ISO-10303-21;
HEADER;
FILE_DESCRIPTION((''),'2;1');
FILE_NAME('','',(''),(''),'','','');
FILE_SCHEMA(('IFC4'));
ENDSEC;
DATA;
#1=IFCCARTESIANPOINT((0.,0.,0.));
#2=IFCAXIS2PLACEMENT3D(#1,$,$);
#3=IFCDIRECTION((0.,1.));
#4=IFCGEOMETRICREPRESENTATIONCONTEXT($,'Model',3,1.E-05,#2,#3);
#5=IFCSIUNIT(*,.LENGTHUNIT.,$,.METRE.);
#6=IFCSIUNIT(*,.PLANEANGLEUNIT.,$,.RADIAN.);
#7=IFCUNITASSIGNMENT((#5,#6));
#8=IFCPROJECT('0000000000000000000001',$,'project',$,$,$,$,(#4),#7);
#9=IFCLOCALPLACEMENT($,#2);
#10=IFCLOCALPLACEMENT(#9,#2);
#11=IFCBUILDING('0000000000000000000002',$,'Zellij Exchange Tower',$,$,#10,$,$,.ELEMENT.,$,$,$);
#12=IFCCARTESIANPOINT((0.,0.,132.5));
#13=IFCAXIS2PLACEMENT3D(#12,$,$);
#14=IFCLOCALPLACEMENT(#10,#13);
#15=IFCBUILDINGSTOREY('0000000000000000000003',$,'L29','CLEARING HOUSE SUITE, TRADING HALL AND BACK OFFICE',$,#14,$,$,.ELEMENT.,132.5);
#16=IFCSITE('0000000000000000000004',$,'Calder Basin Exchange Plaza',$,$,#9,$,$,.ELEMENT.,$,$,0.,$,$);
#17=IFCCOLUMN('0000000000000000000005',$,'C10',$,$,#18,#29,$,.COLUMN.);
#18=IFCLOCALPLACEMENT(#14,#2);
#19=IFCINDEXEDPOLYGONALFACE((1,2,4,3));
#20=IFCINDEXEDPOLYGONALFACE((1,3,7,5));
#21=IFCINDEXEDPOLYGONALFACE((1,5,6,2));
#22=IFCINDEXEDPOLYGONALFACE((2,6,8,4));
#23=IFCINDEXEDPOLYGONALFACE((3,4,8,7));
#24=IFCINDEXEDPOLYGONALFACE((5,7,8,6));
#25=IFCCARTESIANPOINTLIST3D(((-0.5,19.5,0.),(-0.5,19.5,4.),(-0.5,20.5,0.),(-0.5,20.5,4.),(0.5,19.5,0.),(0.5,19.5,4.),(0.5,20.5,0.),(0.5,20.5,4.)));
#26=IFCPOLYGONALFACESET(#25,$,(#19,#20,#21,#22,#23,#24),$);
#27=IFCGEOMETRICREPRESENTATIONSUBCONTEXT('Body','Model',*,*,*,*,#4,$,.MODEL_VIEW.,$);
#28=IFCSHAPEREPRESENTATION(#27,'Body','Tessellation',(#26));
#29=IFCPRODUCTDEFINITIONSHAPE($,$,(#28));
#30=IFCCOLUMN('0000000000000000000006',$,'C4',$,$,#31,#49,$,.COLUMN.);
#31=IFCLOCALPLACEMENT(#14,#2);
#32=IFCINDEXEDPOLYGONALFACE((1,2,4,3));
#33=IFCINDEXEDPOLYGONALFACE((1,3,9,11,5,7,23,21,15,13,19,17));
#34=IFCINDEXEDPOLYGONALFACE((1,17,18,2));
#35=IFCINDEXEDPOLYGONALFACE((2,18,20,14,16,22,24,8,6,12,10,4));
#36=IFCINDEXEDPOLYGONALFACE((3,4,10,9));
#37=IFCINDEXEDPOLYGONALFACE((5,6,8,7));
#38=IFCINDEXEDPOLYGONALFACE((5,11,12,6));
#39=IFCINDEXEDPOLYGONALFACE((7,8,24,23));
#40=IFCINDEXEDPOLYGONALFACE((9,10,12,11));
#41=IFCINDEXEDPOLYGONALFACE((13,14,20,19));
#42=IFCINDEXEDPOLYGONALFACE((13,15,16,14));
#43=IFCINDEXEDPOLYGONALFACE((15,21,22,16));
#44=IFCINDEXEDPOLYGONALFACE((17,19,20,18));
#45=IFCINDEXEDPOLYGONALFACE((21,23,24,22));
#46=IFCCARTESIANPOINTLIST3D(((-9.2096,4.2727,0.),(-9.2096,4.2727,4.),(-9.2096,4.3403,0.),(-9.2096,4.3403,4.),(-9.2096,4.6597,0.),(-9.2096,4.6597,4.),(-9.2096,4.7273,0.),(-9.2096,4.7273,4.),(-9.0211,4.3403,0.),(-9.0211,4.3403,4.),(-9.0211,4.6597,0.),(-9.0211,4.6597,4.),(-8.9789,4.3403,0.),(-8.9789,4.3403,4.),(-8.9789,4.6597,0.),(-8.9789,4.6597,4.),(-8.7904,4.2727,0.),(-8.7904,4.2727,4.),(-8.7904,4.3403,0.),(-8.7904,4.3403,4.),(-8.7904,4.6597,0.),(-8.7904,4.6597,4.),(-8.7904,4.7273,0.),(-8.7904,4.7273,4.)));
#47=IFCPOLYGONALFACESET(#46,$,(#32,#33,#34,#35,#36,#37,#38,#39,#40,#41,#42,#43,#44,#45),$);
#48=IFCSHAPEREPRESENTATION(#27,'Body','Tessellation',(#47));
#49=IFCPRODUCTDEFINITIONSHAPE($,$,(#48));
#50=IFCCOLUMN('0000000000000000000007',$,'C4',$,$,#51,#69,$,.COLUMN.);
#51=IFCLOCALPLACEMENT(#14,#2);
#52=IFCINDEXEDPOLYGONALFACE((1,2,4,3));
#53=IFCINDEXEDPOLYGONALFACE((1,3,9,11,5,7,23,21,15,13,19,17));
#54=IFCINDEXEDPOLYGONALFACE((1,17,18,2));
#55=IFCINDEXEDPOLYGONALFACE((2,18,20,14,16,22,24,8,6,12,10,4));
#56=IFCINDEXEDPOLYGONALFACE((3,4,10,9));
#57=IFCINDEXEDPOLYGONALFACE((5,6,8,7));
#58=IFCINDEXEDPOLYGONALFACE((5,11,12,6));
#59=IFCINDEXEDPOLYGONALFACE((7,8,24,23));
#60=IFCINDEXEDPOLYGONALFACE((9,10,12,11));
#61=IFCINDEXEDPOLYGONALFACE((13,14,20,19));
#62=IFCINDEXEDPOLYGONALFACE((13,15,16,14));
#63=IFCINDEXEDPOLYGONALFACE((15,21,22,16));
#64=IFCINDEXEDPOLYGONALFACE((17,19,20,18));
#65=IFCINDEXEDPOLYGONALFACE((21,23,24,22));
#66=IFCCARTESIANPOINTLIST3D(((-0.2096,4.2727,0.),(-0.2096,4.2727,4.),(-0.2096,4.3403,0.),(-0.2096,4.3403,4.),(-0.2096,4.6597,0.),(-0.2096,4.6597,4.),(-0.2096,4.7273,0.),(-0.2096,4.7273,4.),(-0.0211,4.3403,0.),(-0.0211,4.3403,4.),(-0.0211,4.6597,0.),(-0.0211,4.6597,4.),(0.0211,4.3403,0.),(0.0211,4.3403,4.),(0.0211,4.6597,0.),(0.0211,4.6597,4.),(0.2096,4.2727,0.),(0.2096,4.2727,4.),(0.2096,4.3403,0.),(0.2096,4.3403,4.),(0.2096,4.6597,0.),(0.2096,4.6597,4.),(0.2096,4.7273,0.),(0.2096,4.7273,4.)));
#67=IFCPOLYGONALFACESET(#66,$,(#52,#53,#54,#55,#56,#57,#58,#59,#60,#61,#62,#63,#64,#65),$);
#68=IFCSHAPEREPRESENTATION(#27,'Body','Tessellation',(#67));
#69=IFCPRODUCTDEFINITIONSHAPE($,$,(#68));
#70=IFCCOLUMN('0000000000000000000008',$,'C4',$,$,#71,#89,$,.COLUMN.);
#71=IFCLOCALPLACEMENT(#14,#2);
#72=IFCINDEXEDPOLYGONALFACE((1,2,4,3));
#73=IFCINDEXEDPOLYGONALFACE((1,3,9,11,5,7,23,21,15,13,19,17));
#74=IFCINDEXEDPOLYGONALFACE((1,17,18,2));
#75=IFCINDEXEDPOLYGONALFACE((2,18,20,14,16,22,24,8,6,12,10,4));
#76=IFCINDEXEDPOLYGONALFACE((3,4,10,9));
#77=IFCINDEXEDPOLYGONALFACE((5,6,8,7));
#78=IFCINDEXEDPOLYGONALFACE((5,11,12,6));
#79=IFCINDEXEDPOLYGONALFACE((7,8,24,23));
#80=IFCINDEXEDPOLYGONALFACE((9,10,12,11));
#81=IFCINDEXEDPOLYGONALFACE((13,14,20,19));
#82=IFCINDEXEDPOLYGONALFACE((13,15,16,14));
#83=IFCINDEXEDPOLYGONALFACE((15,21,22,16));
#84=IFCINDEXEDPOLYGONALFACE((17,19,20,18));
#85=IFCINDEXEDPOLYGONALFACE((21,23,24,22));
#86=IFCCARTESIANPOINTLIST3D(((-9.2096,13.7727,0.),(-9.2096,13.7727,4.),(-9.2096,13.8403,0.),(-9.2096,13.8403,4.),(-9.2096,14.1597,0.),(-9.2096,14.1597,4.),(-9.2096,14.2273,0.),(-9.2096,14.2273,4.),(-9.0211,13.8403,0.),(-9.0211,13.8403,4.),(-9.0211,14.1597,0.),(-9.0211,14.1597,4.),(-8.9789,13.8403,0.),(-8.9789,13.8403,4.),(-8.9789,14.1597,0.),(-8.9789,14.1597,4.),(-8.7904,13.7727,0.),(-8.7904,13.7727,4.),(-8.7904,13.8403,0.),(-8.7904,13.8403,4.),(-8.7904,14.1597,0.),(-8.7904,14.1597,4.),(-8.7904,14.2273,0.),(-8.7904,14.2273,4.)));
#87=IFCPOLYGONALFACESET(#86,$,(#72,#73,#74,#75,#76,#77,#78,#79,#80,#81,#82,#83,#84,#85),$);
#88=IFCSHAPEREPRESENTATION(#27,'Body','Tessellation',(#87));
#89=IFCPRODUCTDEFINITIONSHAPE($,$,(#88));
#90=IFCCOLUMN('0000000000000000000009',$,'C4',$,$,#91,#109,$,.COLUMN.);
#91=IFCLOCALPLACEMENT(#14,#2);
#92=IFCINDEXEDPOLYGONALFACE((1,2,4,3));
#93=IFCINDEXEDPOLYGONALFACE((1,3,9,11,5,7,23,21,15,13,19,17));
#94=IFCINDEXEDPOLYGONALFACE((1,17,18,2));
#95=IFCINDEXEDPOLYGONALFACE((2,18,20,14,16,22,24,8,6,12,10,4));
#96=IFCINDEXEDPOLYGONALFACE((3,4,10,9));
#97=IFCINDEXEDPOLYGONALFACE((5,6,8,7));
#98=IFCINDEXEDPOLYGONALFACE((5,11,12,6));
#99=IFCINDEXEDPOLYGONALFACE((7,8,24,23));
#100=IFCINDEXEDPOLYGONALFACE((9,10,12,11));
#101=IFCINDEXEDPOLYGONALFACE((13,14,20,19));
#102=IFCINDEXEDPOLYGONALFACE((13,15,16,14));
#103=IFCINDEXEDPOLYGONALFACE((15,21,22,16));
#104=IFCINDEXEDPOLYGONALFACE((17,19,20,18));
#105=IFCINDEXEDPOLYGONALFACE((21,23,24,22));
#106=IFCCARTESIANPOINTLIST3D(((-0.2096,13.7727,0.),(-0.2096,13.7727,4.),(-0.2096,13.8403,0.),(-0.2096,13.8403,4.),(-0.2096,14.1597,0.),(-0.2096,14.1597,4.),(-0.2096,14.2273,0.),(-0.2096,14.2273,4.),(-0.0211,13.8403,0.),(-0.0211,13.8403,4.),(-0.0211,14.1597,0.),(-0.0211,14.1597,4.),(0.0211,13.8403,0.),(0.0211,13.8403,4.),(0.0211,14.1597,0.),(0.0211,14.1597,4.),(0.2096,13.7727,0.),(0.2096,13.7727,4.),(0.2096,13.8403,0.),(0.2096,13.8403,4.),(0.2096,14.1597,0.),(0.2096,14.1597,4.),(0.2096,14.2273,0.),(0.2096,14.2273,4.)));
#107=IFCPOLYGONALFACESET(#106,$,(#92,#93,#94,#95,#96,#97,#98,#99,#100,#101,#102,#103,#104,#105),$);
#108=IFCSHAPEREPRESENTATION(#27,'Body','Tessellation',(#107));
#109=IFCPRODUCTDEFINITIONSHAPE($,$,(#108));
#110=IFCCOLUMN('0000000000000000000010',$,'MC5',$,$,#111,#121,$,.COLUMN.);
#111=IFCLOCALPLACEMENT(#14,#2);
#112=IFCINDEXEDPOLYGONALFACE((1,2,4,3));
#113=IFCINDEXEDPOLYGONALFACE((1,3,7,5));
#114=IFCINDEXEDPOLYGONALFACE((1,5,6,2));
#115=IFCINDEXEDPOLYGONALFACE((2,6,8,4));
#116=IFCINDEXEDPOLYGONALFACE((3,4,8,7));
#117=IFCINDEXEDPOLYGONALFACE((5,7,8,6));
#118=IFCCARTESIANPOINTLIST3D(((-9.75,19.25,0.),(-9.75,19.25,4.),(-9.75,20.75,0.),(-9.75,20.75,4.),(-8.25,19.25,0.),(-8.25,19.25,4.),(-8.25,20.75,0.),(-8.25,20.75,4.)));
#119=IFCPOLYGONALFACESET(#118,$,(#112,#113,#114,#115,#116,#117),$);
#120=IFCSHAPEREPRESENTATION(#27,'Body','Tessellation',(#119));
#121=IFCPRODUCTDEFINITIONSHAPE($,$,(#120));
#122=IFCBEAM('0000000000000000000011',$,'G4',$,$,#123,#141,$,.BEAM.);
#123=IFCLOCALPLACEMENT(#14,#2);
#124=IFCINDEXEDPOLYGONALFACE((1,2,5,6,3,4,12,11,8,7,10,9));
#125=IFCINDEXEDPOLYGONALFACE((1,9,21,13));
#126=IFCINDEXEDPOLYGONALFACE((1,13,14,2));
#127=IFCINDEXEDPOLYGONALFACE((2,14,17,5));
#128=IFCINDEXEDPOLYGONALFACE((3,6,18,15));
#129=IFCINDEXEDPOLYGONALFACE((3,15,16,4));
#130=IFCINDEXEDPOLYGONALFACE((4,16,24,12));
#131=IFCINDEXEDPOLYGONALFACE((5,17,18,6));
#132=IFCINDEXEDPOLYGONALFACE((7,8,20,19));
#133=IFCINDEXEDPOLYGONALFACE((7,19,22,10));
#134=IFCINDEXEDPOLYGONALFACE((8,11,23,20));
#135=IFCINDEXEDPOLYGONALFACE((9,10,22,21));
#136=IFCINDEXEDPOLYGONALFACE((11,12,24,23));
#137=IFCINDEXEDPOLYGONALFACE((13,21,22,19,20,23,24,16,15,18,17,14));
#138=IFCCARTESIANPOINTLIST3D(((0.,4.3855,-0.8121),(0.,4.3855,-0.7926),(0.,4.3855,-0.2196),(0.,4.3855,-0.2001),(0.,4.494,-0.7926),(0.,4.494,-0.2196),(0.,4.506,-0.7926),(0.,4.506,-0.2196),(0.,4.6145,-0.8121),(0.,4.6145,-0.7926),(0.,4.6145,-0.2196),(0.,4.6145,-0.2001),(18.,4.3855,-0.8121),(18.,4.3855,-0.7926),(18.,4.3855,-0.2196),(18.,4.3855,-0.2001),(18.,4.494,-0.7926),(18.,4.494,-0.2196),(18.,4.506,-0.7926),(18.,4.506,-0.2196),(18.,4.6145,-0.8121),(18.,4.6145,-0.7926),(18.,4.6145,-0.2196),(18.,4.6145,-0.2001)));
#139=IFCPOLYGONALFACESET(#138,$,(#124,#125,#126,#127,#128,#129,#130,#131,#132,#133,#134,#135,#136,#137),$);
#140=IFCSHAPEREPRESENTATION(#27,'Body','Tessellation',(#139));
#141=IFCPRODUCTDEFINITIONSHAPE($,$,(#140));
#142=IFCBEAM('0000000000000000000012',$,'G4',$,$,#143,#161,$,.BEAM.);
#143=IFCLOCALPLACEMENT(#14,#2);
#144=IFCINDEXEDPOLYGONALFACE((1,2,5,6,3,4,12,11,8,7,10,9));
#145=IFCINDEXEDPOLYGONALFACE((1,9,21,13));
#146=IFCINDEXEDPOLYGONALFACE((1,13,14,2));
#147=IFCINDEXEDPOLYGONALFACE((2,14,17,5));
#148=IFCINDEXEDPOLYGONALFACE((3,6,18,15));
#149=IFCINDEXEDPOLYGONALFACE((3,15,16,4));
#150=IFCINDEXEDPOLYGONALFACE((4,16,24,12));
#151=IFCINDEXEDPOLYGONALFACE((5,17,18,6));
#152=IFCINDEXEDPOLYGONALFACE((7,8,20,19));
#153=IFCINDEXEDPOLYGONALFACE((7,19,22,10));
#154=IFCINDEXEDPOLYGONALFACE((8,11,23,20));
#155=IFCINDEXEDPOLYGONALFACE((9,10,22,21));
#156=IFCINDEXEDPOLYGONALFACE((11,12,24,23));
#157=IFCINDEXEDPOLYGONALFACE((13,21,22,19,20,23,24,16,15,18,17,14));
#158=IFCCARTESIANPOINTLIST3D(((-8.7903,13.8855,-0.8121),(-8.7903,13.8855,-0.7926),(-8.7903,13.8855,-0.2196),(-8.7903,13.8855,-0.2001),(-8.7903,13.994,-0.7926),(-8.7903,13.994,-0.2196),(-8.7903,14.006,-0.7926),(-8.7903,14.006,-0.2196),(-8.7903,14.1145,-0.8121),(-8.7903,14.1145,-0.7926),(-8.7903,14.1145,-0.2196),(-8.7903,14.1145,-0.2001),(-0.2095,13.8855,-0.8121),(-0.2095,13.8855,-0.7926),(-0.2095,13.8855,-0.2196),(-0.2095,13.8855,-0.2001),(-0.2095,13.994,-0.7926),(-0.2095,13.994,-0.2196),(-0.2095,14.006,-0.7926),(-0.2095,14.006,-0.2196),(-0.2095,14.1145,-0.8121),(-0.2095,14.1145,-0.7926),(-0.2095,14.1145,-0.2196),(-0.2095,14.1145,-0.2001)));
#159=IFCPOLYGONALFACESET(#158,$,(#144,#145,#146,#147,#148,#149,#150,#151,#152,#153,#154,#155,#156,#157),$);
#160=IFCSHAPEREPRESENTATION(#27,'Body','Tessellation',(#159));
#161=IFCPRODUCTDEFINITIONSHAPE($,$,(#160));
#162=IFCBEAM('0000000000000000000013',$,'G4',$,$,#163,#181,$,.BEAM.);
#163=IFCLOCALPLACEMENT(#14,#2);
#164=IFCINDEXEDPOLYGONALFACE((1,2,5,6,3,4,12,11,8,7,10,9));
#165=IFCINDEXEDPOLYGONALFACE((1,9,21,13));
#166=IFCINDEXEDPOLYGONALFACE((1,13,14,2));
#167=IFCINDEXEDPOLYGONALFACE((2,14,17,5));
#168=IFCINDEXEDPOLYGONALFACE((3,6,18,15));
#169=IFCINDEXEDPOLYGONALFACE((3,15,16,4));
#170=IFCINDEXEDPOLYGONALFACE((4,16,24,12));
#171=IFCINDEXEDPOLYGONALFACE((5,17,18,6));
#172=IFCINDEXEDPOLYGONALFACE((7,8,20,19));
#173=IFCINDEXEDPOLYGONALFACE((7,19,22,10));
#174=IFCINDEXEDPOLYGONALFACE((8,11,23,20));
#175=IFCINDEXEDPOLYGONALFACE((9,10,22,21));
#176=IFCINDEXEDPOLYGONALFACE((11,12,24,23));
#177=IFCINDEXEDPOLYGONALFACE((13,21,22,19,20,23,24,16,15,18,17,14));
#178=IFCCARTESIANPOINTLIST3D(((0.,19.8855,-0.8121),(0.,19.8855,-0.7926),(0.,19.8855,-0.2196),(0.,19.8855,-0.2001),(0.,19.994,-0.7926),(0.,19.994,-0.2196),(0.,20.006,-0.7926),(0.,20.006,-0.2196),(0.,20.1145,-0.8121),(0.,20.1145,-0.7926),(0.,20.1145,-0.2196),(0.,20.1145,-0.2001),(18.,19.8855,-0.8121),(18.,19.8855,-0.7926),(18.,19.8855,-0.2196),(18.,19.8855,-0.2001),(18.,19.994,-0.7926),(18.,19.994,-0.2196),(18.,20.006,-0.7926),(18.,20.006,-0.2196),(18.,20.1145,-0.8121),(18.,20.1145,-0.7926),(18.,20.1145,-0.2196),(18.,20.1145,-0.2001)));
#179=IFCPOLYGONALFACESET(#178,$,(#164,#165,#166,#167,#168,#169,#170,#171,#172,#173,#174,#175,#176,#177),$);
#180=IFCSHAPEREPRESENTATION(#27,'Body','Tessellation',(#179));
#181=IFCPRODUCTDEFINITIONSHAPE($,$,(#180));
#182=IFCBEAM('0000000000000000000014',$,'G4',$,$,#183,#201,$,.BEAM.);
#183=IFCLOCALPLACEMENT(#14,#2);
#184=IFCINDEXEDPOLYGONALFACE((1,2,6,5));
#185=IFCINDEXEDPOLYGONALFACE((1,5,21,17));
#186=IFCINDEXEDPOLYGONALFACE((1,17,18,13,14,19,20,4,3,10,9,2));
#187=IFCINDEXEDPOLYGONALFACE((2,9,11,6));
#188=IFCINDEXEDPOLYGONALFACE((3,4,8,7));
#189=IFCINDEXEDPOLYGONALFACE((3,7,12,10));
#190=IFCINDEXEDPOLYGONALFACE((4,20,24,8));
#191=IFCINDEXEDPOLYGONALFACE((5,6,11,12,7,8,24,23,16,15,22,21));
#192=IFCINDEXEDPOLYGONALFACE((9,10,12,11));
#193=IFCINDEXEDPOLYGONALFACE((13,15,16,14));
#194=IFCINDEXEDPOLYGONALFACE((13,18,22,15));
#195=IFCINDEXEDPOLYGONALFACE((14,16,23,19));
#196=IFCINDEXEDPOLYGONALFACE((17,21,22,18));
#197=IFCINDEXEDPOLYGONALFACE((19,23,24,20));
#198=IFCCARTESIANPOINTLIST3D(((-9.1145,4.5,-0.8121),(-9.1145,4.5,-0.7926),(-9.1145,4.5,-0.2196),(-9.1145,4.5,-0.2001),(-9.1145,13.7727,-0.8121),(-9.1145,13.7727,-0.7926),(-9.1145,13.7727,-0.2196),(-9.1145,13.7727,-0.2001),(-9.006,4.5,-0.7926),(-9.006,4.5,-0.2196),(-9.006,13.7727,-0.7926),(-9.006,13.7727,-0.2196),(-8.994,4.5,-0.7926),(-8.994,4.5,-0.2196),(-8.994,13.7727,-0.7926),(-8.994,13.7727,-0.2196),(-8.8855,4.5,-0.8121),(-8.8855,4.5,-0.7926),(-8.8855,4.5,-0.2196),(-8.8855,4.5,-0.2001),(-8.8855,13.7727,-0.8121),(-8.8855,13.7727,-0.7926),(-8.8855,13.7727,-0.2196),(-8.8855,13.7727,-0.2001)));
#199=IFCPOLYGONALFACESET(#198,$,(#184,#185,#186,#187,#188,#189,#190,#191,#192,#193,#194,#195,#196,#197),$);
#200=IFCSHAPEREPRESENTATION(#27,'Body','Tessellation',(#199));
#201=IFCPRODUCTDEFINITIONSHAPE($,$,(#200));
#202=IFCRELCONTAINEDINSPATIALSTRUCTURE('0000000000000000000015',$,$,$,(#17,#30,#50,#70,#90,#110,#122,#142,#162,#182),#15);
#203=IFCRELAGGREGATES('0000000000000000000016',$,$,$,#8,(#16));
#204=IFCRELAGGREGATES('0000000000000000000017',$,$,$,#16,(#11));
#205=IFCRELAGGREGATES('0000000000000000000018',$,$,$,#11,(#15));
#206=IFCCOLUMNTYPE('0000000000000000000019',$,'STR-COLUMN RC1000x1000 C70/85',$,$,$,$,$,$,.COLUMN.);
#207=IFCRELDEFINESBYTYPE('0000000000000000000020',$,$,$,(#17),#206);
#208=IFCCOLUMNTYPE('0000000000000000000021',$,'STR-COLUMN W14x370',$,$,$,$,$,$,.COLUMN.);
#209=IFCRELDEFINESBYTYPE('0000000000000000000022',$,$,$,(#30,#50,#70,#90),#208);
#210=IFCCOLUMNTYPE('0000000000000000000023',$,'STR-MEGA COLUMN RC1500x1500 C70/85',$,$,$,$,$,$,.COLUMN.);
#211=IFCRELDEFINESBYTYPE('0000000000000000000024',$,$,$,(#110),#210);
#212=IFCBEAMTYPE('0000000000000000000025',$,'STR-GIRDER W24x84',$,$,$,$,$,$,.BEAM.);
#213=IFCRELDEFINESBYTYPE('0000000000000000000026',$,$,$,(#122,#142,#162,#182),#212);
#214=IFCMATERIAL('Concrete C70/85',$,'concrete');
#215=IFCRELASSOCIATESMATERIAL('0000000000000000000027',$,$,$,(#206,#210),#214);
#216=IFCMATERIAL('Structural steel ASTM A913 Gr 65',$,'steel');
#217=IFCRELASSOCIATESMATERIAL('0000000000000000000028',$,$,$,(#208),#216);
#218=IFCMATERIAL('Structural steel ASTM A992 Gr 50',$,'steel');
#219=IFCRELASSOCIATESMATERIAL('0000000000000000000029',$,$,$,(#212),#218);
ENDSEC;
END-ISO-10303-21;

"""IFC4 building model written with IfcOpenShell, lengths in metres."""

from ifc_helpers import new_model, si_unit, direction, frame, origin, origin_2d, place, context, subcontext, project, spatial, rectangle, i_section, extrude, material, material_profile, profile_set, type_object, element, save


model = new_model("IFC4")

# Units and contexts
model_context = context("Model", 3, precision=1e-05, world=origin(), true_north=direction((0.0, 1.0)))
body_context = subcontext(model_context, "Body", "Model", "MODEL_VIEW")
ifc_project = project(units=[si_unit("LENGTHUNIT", "METRE"), si_unit("PLANEANGLEUNIT", "RADIAN")], contexts=[model_context])

# Site, building, storey
site_placement = place(None, origin())
site = spatial("IfcSite", under=ifc_project, at=site_placement, Name="Calder Basin Exchange Plaza", CompositionType="ELEMENT", RefElevation=0.0)
building_placement = place(site_placement, origin())
building = spatial("IfcBuilding", under=site, at=building_placement, Name="Zellij Exchange Tower", CompositionType="ELEMENT")
storey_placement = place(building_placement, frame((0.0, 0.0, 132.5)))
storey = spatial("IfcBuildingStorey", under=building, at=storey_placement, Name="L29", Description="CLEARING HOUSE SUITE, TRADING HALL AND BACK OFFICE", CompositionType="ELEMENT", Elevation=132.5)

# Columns
ifc_material_1 = material(Name="Concrete C70/85", Category="concrete")
ifc_material_profile_1 = material_profile(ifc_material_1, rectangle(XDim=1.0, YDim=1.0, at=origin_2d()), Name="STR-COLUMN RC1000x1000 C70/85")
ifc_profile_set_1 = profile_set([ifc_material_profile_1], Name="Concrete C70/85")
column_type_1 = type_object("IfcColumnType", Name="STR-COLUMN RC1000x1000 C70/85", PredefinedType="COLUMN", material=ifc_profile_set_1)
column_1_placement = place(storey_placement, frame((0.0, 20.0, 0.0), z_axis=(0.0, 0.0, 1.0), x_axis=(1.0, 0.0, 0.0)))
element("IfcColumn", 1, at=column_1_placement, inside=storey, type_object=column_type_1, Name="C10", PredefinedType="COLUMN", context=body_context, shape_type="SweptSolid", body=[
    extrude(rectangle(XDim=1.0, YDim=1.0, at=origin_2d()), origin(), (0.0, 0.0, 1.0), 4.0),
])
ifc_material_2 = material(Name="Structural steel ASTM A913 Gr 65", Category="steel")
ifc_material_profile_2 = material_profile(ifc_material_2, i_section(OverallWidth=0.4192, OverallDepth=0.4546, WebThickness=0.0422, FlangeThickness=0.0676, at=origin_2d()), Name="W14x370")
ifc_profile_set_2 = profile_set([ifc_material_profile_2], Name="Structural steel ASTM A913 Gr 65")
column_type_2 = type_object("IfcColumnType", Name="STR-COLUMN W14x370", PredefinedType="COLUMN", material=ifc_profile_set_2)
for number, where, z_axis, x_axis, name in (
    (2, (-9.0, 4.5, 0.0), (0.0, 0.0, 1.0), (1.0, 0.0, 0.0), "C4"),
    (3, (0.0, 4.5, 0.0), (0.0, 0.0, 1.0), (1.0, 0.0, 0.0), "C4"),
    (4, (-9.0, 14.0, 0.0), (0.0, 0.0, 1.0), (1.0, 0.0, 0.0), "C4"),
    (5, (0.0, 14.0, 0.0), (0.0, 0.0, 1.0), (1.0, 0.0, 0.0), "C4"),
):
    element("IfcColumn", number, at=place(storey_placement, frame(where, z_axis=z_axis, x_axis=x_axis)), inside=storey, type_object=column_type_2, Name=name, PredefinedType="COLUMN", context=body_context, shape_type="SweptSolid", body=[
        extrude(i_section(OverallWidth=0.4192, OverallDepth=0.4546, WebThickness=0.0422, FlangeThickness=0.0676, at=origin_2d()), origin(), (0.0, 0.0, 1.0), 4.0),
    ])
ifc_material_profile_3 = material_profile(ifc_material_1, rectangle(XDim=1.5, YDim=1.5, at=origin_2d()), Name="STR-MEGA COLUMN RC1500x1500 C70/85")
ifc_profile_set_3 = profile_set([ifc_material_profile_3], Name="Concrete C70/85")
column_type_3 = type_object("IfcColumnType", Name="STR-MEGA COLUMN RC1500x1500 C70/85", PredefinedType="COLUMN", material=ifc_profile_set_3)
column_2_placement = place(storey_placement, frame((-9.0, 20.0, 0.0), z_axis=(0.0, 0.0, 1.0), x_axis=(1.0, 0.0, 0.0)))
element("IfcColumn", 6, at=column_2_placement, inside=storey, type_object=column_type_3, Name="MC5", PredefinedType="COLUMN", context=body_context, shape_type="SweptSolid", body=[
    extrude(rectangle(XDim=1.5, YDim=1.5, at=origin_2d()), origin(), (0.0, 0.0, 1.0), 4.0),
])

# Beams
ifc_material_3 = material(Name="Structural steel ASTM A992 Gr 50", Category="steel")
ifc_material_profile_4 = material_profile(ifc_material_3, i_section(OverallWidth=0.229, OverallDepth=0.6121, WebThickness=0.012, FlangeThickness=0.0195, at=origin_2d()), Name="W24x84")
ifc_profile_set_4 = profile_set([ifc_material_profile_4], Name="Structural steel ASTM A992 Gr 50")
beam_type = type_object("IfcBeamType", Name="STR-GIRDER W24x84", PredefinedType="BEAM", material=ifc_profile_set_4)
beam_1_placement = place(storey_placement, frame((0.0, 4.5, -0.5061), z_axis=(1.0, 0.0, 0.0), x_axis=(0.0, 1.0, 0.0)))
element("IfcBeam", 7, at=beam_1_placement, inside=storey, type_object=beam_type, Name="G4", PredefinedType="BEAM", context=body_context, shape_type="SweptSolid", body=[
    extrude(i_section(OverallWidth=0.229, OverallDepth=0.6121, WebThickness=0.012, FlangeThickness=0.0195, at=origin_2d()), origin(), (0.0, 0.0, 1.0), 18.0),
])
beam_2_placement = place(storey_placement, frame((-8.7903, 14.0, -0.5061), z_axis=(1.0, 0.0, 0.0), x_axis=(0.0, 1.0, 0.0)))
element("IfcBeam", 8, at=beam_2_placement, inside=storey, type_object=beam_type, Name="G4", PredefinedType="BEAM", context=body_context, shape_type="SweptSolid", body=[
    extrude(i_section(OverallWidth=0.229, OverallDepth=0.6121, WebThickness=0.012, FlangeThickness=0.0195, at=origin_2d()), origin(), (0.0, 0.0, 1.0), 8.5808),
])
beam_3_placement = place(storey_placement, frame((0.0, 20.0, -0.5061), z_axis=(1.0, 0.0, 0.0), x_axis=(0.0, 1.0, 0.0)))
element("IfcBeam", 9, at=beam_3_placement, inside=storey, type_object=beam_type, Name="G4", PredefinedType="BEAM", context=body_context, shape_type="SweptSolid", body=[
    extrude(i_section(OverallWidth=0.229, OverallDepth=0.6121, WebThickness=0.012, FlangeThickness=0.0195, at=origin_2d()), origin(), (0.0, 0.0, 1.0), 18.0),
])
beam_4_placement = place(storey_placement, frame((-9.0, 4.5, -0.5061), z_axis=(0.0, 1.0, 0.0), x_axis=(-1.0, 0.0, 0.0)))
element("IfcBeam", 10, at=beam_4_placement, inside=storey, type_object=beam_type, Name="G4", PredefinedType="BEAM", context=body_context, shape_type="SweptSolid", body=[
    extrude(i_section(OverallWidth=0.229, OverallDepth=0.6121, WebThickness=0.012, FlangeThickness=0.0195, at=origin_2d()), origin(), (0.0, 0.0, 1.0), 9.2727),
])

save(model, "model.ifc")
